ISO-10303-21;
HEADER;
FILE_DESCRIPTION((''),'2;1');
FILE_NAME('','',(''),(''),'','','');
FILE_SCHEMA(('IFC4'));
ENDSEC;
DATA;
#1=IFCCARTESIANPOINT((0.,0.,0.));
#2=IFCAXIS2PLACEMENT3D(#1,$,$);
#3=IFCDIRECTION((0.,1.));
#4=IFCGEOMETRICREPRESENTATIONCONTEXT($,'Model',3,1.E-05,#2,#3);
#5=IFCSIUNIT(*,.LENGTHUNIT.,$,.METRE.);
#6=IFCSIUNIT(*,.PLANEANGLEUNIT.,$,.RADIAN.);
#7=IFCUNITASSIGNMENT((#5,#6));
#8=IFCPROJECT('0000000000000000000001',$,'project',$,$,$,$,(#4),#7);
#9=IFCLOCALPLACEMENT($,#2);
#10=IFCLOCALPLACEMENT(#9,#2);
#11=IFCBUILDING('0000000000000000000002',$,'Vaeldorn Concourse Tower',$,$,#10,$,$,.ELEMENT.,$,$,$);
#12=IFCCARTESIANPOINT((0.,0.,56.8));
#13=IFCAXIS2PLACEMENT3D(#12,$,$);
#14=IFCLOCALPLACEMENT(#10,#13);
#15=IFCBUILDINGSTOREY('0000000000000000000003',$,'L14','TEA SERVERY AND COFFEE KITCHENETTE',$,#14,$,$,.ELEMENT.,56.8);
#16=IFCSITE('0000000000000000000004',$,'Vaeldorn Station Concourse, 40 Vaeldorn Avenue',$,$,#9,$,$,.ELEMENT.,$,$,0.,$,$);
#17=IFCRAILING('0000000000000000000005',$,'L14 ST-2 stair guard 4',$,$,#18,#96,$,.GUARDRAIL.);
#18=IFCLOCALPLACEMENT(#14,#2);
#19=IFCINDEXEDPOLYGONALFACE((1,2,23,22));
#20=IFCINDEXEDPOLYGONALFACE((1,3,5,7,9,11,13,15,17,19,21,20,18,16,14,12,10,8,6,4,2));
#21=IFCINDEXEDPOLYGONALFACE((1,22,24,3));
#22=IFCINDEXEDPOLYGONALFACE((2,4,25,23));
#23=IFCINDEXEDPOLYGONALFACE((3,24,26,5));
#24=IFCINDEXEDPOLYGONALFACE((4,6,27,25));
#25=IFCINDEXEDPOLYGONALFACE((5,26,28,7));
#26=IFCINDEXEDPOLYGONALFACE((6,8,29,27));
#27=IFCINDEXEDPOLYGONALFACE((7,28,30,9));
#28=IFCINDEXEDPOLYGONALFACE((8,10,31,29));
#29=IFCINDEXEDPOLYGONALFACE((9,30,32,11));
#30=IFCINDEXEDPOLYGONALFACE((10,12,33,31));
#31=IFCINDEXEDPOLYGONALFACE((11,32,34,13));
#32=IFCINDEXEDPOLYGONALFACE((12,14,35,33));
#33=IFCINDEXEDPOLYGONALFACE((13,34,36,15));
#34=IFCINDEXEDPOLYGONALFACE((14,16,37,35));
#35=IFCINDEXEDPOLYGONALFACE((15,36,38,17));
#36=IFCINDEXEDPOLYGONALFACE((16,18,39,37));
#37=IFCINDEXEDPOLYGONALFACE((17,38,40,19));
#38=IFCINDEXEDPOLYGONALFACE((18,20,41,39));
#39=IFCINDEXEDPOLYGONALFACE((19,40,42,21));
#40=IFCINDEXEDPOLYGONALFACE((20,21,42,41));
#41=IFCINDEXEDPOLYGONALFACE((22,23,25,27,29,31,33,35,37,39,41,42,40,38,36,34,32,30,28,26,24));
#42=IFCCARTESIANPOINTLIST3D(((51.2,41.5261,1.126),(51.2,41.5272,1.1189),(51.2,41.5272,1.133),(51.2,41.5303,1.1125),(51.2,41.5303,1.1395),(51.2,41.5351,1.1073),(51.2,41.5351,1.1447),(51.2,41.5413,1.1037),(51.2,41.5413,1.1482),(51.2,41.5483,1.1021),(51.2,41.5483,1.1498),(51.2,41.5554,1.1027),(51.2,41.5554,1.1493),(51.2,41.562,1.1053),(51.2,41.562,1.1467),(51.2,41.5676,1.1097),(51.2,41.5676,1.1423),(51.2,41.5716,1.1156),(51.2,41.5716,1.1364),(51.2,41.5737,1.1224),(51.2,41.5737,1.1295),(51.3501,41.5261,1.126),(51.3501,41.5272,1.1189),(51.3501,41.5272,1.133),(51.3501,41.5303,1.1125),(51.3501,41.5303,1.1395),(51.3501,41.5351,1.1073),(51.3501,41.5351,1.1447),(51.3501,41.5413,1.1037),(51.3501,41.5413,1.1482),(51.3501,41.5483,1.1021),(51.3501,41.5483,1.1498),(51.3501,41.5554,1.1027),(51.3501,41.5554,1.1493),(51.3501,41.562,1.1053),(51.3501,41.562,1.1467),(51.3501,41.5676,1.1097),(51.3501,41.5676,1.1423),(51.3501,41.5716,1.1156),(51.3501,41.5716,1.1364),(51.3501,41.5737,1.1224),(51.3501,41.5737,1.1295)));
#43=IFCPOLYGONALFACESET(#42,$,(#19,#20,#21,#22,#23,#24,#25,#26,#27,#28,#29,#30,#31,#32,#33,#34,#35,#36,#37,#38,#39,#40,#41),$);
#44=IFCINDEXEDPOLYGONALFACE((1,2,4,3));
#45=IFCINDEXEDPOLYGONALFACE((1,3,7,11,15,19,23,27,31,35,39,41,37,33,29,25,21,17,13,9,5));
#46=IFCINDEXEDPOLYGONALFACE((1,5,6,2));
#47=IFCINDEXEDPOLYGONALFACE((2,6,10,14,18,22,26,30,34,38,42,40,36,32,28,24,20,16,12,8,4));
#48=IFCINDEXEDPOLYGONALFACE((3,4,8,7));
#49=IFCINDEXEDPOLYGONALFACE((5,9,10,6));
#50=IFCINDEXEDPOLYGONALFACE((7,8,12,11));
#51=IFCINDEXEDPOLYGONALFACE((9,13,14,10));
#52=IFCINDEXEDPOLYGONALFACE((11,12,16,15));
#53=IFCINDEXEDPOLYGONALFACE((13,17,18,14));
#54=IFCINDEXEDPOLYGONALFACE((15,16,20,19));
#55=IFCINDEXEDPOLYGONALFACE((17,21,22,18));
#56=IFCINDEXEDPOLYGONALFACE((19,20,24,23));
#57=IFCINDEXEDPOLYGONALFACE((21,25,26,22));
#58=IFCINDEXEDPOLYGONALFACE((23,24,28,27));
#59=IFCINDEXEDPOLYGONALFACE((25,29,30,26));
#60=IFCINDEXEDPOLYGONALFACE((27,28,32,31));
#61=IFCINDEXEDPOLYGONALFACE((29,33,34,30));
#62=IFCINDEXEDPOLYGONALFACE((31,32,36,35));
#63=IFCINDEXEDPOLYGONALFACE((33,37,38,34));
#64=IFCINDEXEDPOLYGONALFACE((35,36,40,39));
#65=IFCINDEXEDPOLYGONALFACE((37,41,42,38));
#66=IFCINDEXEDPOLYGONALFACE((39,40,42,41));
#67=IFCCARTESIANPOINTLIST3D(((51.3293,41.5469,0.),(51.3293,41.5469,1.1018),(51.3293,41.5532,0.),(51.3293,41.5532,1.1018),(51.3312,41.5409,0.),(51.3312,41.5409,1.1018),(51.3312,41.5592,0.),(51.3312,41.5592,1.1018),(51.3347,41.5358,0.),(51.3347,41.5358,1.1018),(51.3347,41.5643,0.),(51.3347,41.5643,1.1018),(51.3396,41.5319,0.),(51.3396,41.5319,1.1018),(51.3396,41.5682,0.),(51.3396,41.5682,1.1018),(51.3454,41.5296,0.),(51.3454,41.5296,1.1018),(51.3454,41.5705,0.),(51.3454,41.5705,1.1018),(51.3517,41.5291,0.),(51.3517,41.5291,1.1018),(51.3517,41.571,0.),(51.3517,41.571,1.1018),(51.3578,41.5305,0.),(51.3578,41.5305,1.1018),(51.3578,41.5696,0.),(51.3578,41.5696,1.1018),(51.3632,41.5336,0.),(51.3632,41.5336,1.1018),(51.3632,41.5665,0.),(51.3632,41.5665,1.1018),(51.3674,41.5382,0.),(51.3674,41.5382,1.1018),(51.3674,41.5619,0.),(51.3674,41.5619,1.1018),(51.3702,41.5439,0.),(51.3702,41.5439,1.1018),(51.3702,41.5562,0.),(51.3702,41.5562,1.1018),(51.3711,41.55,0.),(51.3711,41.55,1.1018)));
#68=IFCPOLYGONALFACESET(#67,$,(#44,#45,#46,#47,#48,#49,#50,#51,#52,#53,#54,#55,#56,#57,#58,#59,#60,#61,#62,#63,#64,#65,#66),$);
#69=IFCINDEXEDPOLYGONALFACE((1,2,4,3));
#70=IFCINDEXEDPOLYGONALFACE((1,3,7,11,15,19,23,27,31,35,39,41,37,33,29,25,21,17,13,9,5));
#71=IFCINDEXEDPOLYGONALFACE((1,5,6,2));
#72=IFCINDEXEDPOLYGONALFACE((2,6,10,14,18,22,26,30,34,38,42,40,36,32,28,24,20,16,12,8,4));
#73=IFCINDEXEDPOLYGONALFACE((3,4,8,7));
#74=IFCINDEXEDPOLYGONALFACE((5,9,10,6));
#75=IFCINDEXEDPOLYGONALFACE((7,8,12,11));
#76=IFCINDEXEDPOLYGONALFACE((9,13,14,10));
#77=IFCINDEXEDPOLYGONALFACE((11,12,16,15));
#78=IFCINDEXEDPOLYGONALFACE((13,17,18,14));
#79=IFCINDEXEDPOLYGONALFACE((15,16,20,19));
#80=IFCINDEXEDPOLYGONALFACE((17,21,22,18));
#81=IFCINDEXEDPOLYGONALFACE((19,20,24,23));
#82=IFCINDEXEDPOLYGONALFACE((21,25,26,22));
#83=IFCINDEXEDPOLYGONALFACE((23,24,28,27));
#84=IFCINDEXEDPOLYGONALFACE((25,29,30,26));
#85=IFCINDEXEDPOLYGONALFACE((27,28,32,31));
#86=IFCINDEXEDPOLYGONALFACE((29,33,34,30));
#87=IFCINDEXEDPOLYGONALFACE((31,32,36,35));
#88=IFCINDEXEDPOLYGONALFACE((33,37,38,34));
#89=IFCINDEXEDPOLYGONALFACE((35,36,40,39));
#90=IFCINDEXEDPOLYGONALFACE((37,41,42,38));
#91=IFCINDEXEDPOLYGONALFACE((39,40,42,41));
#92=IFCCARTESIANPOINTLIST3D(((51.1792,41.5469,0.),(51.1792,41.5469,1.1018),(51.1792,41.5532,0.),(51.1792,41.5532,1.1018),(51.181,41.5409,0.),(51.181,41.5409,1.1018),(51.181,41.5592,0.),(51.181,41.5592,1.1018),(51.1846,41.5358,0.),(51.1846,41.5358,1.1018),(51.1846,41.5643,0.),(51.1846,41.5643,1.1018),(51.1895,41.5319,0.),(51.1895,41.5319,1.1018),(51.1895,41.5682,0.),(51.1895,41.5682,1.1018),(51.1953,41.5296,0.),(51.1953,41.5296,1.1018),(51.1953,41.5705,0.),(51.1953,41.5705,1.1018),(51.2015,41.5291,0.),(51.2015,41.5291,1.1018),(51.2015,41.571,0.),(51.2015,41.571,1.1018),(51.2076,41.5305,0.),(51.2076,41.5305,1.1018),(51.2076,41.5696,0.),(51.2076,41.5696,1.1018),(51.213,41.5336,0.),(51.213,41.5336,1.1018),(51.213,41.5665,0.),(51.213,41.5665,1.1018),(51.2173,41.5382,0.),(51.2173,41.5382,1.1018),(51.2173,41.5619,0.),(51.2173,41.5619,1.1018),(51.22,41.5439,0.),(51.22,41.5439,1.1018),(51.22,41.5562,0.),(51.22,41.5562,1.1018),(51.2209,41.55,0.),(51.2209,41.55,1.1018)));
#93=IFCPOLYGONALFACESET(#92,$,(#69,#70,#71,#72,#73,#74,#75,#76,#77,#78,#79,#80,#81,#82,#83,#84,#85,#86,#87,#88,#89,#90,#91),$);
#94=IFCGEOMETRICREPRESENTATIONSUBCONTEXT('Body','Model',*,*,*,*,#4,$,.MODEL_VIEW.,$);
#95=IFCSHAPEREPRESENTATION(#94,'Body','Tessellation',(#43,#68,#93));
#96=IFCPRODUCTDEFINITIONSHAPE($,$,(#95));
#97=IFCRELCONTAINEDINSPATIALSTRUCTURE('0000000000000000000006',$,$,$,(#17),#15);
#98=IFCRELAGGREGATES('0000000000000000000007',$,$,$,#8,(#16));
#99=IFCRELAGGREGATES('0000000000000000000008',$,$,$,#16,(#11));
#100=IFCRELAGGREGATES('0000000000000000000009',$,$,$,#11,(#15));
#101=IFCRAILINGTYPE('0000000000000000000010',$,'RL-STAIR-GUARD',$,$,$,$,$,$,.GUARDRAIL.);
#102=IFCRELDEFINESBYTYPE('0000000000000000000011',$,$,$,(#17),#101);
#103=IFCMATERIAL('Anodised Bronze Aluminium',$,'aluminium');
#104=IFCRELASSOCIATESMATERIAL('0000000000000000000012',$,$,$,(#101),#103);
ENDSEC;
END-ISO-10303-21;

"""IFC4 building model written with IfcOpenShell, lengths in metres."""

from ifc_helpers import new_model, si_unit, direction, frame, origin, origin_2d, place, context, subcontext, project, spatial, circle, extrude, material, type_object, element, save


model = new_model("IFC4")

# Units and contexts
model_context = context("Model", 3, precision=1e-05, world=origin(), true_north=direction((0.0, 1.0)))
body_context = subcontext(model_context, "Body", "Model", "MODEL_VIEW")
ifc_project = project(units=[si_unit("LENGTHUNIT", "METRE"), si_unit("PLANEANGLEUNIT", "RADIAN")], contexts=[model_context])

# Site, building, storey
site_placement = place(None, origin())
site = spatial("IfcSite", under=ifc_project, at=site_placement, Name="Vaeldorn Station Concourse, 40 Vaeldorn Avenue", CompositionType="ELEMENT", RefElevation=0.0)
building_placement = place(site_placement, origin())
building = spatial("IfcBuilding", under=site, at=building_placement, Name="Vaeldorn Concourse Tower", CompositionType="ELEMENT")
storey_placement = place(building_placement, frame((0.0, 0.0, 56.8)))
storey = spatial("IfcBuildingStorey", under=building, at=storey_placement, Name="L14", Description="TEA SERVERY AND COFFEE KITCHENETTE", CompositionType="ELEMENT", Elevation=56.8)

# Shared definitions
ifc_material_1 = material(Name="Anodised Bronze Aluminium", Category="aluminium")

# Railing
railing_type_1 = type_object("IfcRailingType", Name="RL-STAIR-GUARD", PredefinedType="GUARDRAIL", material=ifc_material_1)
railing_1_placement = place(storey_placement, frame((51.3501, 41.55, 0.0)))
element("IfcRailing", 1, at=railing_1_placement, inside=storey, type_object=railing_type_1, Name="L14 ST-2 stair guard 4", PredefinedType="GUARDRAIL", context=body_context, shape_type="SweptSolid", body=[
    extrude(circle(Radius=0.0239, at=origin_2d()), frame((0.0, 0.0, 1.126), z_axis=(-1.0, 0.0, 0.0), x_axis=(0.0, -1.0, 0.0)), (0.0, 0.0, 1.0), 0.1501),
    extrude(circle(Radius=0.021, at=origin_2d()), origin(), (0.0, 0.0, 1.0), 1.1018),
    extrude(circle(Radius=0.021, at=origin_2d()), frame((-0.1501, 0.0, 0.0)), (0.0, 0.0, 1.0), 1.1018),
])

save(model, "model.ifc")
